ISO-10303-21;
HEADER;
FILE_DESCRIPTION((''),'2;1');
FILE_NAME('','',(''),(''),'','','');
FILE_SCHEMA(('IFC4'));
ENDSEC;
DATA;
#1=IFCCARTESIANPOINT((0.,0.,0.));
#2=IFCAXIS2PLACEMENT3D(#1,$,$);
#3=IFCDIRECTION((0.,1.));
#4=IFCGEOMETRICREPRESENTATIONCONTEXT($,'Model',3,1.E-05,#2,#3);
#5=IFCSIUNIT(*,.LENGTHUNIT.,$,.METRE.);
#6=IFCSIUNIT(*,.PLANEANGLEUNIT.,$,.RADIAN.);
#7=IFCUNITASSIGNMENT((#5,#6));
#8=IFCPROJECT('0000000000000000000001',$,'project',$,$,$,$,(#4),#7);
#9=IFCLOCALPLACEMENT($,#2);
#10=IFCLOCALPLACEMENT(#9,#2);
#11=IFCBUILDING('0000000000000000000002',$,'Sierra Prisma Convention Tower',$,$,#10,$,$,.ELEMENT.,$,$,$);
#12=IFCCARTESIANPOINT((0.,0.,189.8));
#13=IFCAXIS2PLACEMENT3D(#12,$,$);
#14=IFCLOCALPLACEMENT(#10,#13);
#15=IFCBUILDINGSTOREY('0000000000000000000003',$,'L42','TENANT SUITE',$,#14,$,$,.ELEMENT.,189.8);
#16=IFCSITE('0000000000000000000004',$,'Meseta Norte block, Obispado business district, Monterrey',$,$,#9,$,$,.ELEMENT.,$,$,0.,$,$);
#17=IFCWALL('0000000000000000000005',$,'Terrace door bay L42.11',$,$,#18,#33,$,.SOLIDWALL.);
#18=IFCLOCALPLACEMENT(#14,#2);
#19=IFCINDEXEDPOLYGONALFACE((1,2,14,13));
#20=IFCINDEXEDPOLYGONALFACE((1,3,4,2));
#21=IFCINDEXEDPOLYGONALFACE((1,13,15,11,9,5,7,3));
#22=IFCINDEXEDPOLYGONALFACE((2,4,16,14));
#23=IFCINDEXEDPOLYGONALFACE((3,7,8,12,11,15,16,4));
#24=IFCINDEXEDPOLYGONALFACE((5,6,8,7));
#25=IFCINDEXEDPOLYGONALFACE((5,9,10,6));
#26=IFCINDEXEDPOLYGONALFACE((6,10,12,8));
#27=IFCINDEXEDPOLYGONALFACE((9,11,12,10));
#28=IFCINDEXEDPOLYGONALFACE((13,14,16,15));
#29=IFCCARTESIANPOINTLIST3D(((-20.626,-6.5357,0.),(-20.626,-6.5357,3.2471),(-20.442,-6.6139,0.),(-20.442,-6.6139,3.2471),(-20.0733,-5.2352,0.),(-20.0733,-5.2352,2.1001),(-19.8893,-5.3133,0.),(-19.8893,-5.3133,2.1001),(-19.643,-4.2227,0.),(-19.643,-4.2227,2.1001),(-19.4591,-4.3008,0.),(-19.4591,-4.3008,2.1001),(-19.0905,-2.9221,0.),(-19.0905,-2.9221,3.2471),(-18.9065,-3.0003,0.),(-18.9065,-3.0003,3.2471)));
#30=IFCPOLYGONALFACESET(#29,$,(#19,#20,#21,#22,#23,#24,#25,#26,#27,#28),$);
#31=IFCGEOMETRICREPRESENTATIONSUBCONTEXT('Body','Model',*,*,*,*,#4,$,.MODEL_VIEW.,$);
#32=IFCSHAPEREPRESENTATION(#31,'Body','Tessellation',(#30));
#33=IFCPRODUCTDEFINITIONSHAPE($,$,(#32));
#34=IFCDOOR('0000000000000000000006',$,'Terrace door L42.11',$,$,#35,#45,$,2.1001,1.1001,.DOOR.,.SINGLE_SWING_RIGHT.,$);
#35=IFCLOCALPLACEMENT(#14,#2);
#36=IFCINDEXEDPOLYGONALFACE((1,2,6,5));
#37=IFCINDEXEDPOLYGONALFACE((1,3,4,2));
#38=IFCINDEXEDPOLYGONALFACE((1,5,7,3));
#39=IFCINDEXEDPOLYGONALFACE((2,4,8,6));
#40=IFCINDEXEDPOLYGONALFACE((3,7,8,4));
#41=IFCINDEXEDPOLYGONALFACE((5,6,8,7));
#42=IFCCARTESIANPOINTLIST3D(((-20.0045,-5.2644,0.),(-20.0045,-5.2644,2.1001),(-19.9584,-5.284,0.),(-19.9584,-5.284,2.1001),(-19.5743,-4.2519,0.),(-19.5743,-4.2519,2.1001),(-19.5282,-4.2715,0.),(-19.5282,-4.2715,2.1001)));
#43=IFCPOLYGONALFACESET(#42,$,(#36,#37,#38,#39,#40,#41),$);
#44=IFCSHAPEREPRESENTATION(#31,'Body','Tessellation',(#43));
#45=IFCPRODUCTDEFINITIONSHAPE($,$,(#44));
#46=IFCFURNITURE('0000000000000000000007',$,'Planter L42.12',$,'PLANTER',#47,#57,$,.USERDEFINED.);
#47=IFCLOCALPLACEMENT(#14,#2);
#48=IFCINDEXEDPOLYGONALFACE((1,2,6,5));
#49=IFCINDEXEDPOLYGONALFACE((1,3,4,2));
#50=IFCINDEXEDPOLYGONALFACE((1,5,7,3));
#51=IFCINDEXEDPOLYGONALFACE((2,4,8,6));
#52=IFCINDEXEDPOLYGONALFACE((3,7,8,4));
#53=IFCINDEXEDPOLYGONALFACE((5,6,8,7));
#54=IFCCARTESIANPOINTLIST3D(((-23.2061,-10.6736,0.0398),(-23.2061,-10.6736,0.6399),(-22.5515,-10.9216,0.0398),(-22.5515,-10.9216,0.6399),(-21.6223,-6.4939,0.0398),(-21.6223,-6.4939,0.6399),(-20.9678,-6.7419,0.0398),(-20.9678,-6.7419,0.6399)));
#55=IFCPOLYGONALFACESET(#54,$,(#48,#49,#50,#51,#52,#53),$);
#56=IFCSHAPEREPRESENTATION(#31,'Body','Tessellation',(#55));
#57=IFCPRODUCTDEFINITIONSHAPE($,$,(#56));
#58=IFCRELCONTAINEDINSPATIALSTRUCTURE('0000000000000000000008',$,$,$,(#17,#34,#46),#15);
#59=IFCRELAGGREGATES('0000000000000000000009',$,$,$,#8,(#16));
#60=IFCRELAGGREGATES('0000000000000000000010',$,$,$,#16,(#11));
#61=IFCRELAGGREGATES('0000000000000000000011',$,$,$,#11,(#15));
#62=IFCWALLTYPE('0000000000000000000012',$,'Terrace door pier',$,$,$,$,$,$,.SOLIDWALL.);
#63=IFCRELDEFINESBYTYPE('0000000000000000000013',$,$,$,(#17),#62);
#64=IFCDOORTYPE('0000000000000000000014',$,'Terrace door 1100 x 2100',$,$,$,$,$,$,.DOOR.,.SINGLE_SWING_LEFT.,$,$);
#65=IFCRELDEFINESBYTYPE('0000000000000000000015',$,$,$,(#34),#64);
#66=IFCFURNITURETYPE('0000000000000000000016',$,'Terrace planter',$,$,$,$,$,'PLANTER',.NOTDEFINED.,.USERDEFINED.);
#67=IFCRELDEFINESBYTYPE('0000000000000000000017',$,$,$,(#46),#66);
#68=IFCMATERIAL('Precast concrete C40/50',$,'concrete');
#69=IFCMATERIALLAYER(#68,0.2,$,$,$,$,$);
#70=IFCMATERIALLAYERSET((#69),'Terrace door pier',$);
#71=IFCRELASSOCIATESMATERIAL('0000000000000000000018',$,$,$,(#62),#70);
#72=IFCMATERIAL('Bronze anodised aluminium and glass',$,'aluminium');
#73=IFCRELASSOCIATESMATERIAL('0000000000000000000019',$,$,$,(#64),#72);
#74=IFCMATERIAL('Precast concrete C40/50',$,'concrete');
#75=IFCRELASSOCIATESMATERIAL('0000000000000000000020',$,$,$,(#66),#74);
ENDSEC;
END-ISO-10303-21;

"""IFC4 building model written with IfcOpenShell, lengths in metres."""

from ifc_helpers import new_model, si_unit, direction, frame, frame_2d, origin, origin_2d, place, context, subcontext, project, spatial, rectangle, extrude, material, layer, layer_set, type_object, element, fill, save


model = new_model("IFC4")

# Units and contexts
model_context = context("Model", 3, precision=1e-05, world=origin(), true_north=direction((0.0, 1.0)))
body_context = subcontext(model_context, "Body", "Model", "MODEL_VIEW")
ifc_project = project(units=[si_unit("LENGTHUNIT", "METRE"), si_unit("PLANEANGLEUNIT", "RADIAN")], contexts=[model_context])

# Site, building, storey
site_placement = place(None, origin())
site = spatial("IfcSite", under=ifc_project, at=site_placement, Name="Meseta Norte block, Obispado business district, Monterrey", CompositionType="ELEMENT", RefElevation=0.0)
building_placement = place(site_placement, origin())
building = spatial("IfcBuilding", under=site, at=building_placement, Name="Sierra Prisma Convention Tower", CompositionType="ELEMENT")
storey_placement = place(building_placement, frame((0.0, 0.0, 189.8)))
storey = spatial("IfcBuildingStorey", under=building, at=storey_placement, Name="L42", Description="TENANT SUITE", CompositionType="ELEMENT", Elevation=189.8)

# Wall, opening, door
ifc_material_1 = material(Name="Precast concrete C40/50", Category="concrete")
ifc_layer_1 = layer(ifc_material_1, 0.2)
ifc_layer_set_1 = layer_set([ifc_layer_1], Name="Terrace door pier")
wall_type = type_object("IfcWallType", Name="Terrace door pier", PredefinedType="SOLIDWALL", material=ifc_layer_set_1)
wall_placement = place(storey_placement, frame((-18.9985, -2.9612, 0.0), z_axis=(0.0, 0.0, 1.0), x_axis=(-0.391066, -0.920363, 0.0)))
wall = element("IfcWall", 1, at=wall_placement, inside=storey, type_object=wall_type, Name="Terrace door bay L42.11", PredefinedType="SOLIDWALL", context=body_context, shape_type="SweptSolid", body=[
    extrude(rectangle(XDim=3.9263, YDim=0.2, at=frame_2d((1.9631, 0.0))), origin(), (0.0, 0.0, 1.0), 3.2471),
])
opening_placement = place(wall_placement, frame((1.4131, 0.0, 0.0)))
opening = element("IfcOpeningElement", 2, at=opening_placement, cuts=wall, PredefinedType="OPENING", context=body_context, shape_type="SweptSolid", body=[
    extrude(rectangle(XDim=1.1001, YDim=2.1001, at=frame_2d((0.55, 1.05))), frame((0.0, 0.1001, 0.0), z_axis=(0.0, -1.0, 0.0), x_axis=(1.0, 0.0, 0.0)), (0.0, 0.0, 1.0), 0.2),
])
ifc_material_2 = material(Name="Bronze anodised aluminium and glass", Category="aluminium")
door_type = type_object("IfcDoorType", Name="Terrace door 1100 x 2100", OperationType="SINGLE_SWING_LEFT", PredefinedType="DOOR", material=ifc_material_2)
door_placement = place(opening_placement, origin())
door = element("IfcDoor", 3, at=door_placement, inside=storey, type_object=door_type, Name="Terrace door L42.11", OperationType="SINGLE_SWING_RIGHT", OverallHeight=2.1001, OverallWidth=1.1001, PredefinedType="DOOR", context=body_context, shape_type="SweptSolid", body=[
    extrude(rectangle(XDim=1.1001, YDim=2.1001, at=frame_2d((0.55, 1.05))), frame((0.0, 0.0249, 0.0), z_axis=(0.0, -1.0, 0.0), x_axis=(1.0, 0.0, 0.0)), (0.0, 0.0, 1.0), 0.05),
])
fill(opening, door)

# Furniture
ifc_material_3 = material(Name="Precast concrete C40/50", Category="concrete")
furniture_type = type_object("IfcFurnitureType", Name="Terrace planter", ElementType="PLANTER", AssemblyPlace="NOTDEFINED", PredefinedType="USERDEFINED", material=ifc_material_3)
furniture_placement = place(storey_placement, frame((-22.0869, -8.7078, 0.0398), z_axis=(0.0, 0.0, 1.0), x_axis=(-0.354333, -0.935119, 0.0)))
element("IfcFurniture", 4, at=furniture_placement, inside=storey, type_object=furniture_type, Name="Planter L42.12", ObjectType="PLANTER", PredefinedType="USERDEFINED", context=body_context, shape_type="SweptSolid", body=[
    extrude(rectangle(XDim=4.4697, YDim=0.7, at=origin_2d()), origin(), (0.0, 0.0, 1.0), 0.6001),
])

save(model, "model.ifc")
